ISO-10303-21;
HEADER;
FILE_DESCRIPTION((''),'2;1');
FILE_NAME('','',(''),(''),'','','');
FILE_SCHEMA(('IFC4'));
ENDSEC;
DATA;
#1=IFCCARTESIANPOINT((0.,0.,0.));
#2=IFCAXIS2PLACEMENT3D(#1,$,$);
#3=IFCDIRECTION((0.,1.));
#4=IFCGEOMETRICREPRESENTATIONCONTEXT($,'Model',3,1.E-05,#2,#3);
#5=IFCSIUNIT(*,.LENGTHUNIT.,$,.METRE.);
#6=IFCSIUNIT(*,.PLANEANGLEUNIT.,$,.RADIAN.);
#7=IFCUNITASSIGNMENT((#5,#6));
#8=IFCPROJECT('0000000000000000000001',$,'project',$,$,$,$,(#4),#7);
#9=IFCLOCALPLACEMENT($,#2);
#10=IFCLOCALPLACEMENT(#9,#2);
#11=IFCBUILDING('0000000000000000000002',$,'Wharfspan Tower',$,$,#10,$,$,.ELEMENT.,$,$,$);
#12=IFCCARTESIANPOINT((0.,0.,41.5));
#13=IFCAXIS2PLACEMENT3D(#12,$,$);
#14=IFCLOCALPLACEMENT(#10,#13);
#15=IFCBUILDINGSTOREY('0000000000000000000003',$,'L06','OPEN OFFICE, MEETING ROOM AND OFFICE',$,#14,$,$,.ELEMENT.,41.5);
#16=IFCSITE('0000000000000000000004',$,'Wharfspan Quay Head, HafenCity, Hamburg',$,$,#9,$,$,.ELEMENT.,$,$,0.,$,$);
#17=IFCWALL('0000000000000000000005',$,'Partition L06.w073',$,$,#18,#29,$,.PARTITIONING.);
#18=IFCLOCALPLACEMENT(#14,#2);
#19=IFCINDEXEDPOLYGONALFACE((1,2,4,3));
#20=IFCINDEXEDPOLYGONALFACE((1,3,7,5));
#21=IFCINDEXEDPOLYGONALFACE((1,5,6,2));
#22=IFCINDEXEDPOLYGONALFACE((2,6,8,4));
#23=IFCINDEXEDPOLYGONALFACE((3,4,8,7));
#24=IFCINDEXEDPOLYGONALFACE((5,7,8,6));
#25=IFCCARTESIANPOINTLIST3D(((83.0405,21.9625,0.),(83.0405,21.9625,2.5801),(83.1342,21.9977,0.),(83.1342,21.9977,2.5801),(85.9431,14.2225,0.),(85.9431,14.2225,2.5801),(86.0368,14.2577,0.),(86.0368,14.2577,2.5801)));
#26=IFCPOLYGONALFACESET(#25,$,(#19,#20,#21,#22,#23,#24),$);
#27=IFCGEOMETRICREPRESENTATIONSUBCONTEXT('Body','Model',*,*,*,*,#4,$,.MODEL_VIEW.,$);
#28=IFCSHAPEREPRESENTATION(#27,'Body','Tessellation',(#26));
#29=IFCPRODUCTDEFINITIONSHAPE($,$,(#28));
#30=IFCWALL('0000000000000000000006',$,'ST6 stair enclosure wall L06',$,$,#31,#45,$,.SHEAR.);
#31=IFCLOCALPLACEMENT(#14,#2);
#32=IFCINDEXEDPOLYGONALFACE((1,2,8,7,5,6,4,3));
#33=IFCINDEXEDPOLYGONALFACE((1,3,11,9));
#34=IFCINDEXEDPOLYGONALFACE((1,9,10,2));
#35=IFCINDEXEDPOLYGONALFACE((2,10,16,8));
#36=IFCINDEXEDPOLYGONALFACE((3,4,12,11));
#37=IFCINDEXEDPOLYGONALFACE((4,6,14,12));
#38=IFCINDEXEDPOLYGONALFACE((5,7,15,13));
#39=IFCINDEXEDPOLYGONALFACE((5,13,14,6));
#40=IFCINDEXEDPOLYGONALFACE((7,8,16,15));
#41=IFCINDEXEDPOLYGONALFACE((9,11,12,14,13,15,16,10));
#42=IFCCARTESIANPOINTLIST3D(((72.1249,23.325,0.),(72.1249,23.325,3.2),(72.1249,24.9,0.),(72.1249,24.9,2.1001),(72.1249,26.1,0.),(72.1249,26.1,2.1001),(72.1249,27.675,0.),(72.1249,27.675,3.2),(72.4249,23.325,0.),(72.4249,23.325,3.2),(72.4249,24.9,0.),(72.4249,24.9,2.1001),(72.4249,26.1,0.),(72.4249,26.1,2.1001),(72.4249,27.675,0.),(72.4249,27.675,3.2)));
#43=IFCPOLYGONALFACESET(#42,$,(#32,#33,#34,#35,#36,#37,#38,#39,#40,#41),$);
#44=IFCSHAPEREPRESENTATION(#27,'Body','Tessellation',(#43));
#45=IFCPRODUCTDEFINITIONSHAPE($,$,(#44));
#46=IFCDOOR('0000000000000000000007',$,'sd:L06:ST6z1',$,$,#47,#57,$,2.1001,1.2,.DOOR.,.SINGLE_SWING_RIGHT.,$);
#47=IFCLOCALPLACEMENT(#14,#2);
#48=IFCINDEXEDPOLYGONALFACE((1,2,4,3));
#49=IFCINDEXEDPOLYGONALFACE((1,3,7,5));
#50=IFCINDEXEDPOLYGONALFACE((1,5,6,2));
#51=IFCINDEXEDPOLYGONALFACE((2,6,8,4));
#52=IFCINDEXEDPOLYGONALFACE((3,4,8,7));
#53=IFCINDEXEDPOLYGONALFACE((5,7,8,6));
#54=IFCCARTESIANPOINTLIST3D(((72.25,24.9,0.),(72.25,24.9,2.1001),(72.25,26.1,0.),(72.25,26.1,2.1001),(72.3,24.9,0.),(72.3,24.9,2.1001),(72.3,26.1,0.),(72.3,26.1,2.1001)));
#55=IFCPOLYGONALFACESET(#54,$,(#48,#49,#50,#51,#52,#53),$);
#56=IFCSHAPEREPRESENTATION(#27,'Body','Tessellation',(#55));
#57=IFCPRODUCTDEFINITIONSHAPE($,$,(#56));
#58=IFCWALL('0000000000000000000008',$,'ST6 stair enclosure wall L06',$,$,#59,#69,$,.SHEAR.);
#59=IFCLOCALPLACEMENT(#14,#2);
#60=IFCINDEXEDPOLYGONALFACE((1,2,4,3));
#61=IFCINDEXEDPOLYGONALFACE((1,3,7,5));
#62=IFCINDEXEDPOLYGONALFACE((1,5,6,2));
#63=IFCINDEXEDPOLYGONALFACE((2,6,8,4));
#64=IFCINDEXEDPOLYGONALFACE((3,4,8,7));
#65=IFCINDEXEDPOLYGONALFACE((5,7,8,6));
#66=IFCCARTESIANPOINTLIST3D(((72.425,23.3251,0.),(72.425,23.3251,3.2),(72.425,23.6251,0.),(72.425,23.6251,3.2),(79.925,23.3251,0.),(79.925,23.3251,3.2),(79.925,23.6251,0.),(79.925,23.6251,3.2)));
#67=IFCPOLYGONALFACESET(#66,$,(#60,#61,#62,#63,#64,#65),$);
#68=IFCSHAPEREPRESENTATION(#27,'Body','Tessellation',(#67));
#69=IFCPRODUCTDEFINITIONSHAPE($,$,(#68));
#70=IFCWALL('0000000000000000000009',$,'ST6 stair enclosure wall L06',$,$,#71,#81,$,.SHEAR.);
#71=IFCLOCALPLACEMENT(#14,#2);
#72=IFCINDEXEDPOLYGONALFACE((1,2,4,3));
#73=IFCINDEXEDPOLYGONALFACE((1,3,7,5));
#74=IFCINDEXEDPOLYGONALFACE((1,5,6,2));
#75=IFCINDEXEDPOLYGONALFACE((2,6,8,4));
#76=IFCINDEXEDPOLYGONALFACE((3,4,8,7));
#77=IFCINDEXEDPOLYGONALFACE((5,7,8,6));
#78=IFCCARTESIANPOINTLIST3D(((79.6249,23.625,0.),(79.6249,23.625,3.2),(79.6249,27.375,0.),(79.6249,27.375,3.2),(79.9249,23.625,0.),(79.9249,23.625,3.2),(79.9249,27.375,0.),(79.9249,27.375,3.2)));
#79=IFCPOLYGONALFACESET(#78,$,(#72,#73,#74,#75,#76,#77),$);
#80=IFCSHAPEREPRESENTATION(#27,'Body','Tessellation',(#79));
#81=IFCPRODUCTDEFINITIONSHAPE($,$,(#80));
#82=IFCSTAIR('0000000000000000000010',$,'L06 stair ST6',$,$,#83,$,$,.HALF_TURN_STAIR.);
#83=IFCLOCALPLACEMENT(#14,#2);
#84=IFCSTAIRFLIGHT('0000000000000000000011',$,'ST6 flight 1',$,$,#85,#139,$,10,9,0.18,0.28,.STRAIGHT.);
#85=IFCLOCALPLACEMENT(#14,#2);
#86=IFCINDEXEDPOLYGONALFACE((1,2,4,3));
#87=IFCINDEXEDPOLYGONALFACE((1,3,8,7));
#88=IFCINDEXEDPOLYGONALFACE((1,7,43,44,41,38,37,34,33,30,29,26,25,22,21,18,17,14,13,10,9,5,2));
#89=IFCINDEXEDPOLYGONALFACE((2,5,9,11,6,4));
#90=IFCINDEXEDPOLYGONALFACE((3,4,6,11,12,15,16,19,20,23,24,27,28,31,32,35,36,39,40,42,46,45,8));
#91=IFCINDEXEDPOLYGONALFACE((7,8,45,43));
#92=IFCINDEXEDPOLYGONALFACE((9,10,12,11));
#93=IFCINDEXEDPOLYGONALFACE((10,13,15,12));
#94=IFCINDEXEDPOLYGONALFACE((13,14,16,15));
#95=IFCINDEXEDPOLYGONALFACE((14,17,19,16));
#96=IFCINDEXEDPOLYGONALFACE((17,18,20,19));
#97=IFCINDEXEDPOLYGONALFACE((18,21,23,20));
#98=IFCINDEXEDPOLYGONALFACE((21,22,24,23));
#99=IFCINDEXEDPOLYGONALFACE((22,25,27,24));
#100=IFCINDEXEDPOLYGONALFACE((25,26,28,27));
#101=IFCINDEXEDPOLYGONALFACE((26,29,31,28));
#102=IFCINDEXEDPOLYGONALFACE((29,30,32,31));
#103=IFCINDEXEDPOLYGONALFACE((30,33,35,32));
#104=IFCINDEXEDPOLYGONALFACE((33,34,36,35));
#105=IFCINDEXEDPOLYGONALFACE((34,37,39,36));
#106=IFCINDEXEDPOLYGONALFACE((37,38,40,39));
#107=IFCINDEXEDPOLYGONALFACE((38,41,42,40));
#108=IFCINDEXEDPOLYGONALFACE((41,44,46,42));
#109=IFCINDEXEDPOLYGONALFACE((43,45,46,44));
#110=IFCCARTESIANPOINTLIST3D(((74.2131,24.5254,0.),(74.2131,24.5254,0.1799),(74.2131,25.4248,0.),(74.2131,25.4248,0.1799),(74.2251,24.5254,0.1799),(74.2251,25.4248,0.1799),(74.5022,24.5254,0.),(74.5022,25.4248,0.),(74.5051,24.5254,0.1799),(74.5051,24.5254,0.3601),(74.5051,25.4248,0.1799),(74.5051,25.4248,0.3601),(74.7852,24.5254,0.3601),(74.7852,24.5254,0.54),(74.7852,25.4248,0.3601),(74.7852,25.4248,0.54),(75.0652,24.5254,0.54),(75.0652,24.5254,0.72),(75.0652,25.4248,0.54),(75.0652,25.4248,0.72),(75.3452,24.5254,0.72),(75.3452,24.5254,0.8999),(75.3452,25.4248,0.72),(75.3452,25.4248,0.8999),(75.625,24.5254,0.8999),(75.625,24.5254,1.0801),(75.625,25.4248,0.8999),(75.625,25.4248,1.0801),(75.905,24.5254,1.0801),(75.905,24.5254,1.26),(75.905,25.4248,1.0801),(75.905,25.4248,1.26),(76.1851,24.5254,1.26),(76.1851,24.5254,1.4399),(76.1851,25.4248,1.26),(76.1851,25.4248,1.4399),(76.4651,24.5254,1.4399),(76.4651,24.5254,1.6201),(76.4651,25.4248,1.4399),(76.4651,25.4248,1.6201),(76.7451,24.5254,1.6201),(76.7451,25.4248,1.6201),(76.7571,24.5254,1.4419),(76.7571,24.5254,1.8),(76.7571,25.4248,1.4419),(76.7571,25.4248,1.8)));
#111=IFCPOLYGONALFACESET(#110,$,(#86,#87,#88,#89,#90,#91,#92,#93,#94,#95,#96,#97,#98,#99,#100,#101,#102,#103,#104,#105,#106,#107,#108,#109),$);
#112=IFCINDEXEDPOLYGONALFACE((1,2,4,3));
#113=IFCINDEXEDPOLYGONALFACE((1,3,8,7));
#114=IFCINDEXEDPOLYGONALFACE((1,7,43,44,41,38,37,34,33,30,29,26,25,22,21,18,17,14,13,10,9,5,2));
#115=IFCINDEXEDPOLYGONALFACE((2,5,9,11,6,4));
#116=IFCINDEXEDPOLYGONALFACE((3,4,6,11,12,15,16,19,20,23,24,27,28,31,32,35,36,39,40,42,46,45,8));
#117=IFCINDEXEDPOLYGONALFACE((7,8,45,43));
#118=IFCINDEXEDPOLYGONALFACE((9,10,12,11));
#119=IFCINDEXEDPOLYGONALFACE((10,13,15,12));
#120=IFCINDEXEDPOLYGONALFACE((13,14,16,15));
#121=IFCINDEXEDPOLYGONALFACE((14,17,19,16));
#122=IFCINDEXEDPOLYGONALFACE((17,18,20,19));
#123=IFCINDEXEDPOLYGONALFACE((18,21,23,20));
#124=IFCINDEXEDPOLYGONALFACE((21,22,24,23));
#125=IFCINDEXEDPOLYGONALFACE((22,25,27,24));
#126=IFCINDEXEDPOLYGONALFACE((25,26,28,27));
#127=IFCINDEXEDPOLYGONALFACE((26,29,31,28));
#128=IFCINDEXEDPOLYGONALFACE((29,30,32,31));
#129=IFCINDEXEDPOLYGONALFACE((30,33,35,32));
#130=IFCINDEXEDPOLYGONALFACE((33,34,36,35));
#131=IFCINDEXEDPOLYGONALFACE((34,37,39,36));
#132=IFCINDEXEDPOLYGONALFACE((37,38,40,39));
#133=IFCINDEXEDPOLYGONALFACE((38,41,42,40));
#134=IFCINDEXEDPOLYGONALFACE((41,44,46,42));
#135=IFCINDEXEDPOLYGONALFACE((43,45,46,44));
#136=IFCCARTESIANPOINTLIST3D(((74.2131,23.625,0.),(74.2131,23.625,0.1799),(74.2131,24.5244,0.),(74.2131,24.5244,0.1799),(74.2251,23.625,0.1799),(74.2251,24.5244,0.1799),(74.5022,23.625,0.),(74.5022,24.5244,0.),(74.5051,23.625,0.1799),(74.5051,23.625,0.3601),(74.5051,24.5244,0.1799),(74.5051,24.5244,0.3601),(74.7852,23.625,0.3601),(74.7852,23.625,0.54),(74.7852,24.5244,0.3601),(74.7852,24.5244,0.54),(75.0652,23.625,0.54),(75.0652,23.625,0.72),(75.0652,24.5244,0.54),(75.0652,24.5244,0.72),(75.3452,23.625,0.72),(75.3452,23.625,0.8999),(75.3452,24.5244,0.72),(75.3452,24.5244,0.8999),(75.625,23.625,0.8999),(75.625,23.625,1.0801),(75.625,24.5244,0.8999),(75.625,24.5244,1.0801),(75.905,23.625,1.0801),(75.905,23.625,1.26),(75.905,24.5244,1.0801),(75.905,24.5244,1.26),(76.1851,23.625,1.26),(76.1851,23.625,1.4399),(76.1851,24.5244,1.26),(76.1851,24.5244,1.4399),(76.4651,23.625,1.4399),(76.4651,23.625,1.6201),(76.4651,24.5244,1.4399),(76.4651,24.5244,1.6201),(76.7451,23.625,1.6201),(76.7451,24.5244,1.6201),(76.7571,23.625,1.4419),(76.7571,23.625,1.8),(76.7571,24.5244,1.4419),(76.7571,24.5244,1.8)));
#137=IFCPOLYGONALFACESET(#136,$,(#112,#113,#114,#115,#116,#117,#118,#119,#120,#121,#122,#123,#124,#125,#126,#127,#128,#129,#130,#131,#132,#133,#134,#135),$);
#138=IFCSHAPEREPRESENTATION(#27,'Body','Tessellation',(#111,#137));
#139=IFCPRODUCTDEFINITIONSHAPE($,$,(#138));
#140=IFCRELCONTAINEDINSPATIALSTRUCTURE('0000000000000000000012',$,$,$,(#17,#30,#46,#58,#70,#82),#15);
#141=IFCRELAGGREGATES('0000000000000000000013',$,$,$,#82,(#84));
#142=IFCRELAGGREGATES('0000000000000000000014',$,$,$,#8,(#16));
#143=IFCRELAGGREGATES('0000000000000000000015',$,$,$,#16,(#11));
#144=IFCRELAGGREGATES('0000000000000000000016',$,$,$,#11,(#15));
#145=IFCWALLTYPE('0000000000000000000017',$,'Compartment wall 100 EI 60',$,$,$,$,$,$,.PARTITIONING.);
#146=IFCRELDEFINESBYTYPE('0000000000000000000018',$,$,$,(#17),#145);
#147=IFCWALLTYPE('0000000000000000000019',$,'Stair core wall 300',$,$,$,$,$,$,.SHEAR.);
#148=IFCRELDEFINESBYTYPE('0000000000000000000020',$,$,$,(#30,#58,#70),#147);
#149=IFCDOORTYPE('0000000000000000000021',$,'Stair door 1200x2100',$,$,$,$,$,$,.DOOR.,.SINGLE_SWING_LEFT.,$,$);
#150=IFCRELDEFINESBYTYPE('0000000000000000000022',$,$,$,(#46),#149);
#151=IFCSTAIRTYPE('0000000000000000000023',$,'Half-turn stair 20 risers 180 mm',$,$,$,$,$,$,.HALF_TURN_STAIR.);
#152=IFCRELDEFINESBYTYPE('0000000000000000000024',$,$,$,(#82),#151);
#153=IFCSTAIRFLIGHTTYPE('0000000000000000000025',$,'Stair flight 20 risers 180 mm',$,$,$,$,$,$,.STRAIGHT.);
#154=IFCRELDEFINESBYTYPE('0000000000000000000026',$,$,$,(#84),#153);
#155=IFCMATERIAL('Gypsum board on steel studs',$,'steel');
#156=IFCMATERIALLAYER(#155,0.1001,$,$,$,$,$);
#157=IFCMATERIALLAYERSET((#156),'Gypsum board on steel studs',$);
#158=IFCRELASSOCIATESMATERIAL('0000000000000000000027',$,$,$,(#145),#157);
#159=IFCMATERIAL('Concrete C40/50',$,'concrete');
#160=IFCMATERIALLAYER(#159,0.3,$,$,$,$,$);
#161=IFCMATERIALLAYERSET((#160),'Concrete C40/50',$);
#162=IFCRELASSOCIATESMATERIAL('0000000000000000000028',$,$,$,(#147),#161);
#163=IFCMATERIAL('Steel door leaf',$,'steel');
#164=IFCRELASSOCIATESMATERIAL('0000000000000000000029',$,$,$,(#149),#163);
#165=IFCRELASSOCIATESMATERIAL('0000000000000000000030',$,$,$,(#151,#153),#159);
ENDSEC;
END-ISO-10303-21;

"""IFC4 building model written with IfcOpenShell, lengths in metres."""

from ifc_helpers import new_model, si_unit, direction, frame, frame_2d, origin, place, context, subcontext, project, spatial, polyline, rectangle, outline, extrude, material, layer, layer_set, type_object, element, fill, aggregate, save


model = new_model("IFC4")

# Units and contexts
model_context = context("Model", 3, precision=1e-05, world=origin(), true_north=direction((0.0, 1.0)))
body_context = subcontext(model_context, "Body", "Model", "MODEL_VIEW")
ifc_project = project(units=[si_unit("LENGTHUNIT", "METRE"), si_unit("PLANEANGLEUNIT", "RADIAN")], contexts=[model_context])

# Site, building, storey
site_placement = place(None, origin())
site = spatial("IfcSite", under=ifc_project, at=site_placement, Name="Wharfspan Quay Head, HafenCity, Hamburg", CompositionType="ELEMENT", RefElevation=0.0)
building_placement = place(site_placement, origin())
building = spatial("IfcBuilding", under=site, at=building_placement, Name="Wharfspan Tower", CompositionType="ELEMENT")
storey_placement = place(building_placement, frame((0.0, 0.0, 41.5)))
storey = spatial("IfcBuildingStorey", under=building, at=storey_placement, Name="L06", Description="OPEN OFFICE, MEETING ROOM AND OFFICE", CompositionType="ELEMENT", Elevation=41.5)

# Wall
ifc_material_1 = material(Name="Gypsum board on steel studs", Category="steel")
ifc_layer_1 = layer(ifc_material_1, 0.1001)
ifc_layer_set_1 = layer_set([ifc_layer_1], Name="Gypsum board on steel studs")
wall_type_1 = type_object("IfcWallType", Name="Compartment wall 100 EI 60", PredefinedType="PARTITIONING", material=ifc_layer_set_1)
wall_1_placement = place(storey_placement, frame((85.99, 14.24, 0.0), z_axis=(0.0, 0.0, 1.0), x_axis=(-0.351133, 0.936325, 0.0)))
element("IfcWall", 1, at=wall_1_placement, inside=storey, type_object=wall_type_1, Name="Partition L06.w073", PredefinedType="PARTITIONING", context=body_context, shape_type="SweptSolid", body=[
    extrude(rectangle(XDim=8.2664, YDim=0.1001, at=frame_2d((4.1333, 0.0))), origin(), (0.0, 0.0, 1.0), 2.5801),
])

# Wall, opening, door
ifc_material_2 = material(Name="Concrete C40/50", Category="concrete")
ifc_layer_2 = layer(ifc_material_2, 0.3)
ifc_layer_set_2 = layer_set([ifc_layer_2], Name="Concrete C40/50")
wall_type_2 = type_object("IfcWallType", Name="Stair core wall 300", PredefinedType="SHEAR", material=ifc_layer_set_2)
wall_2_placement = place(storey_placement, frame((72.2749, 23.325, 0.0), z_axis=(0.0, 0.0, 1.0), x_axis=(0.0, 1.0, 0.0)))
wall_2 = element("IfcWall", 2, at=wall_2_placement, inside=storey, type_object=wall_type_2, Name="ST6 stair enclosure wall L06", PredefinedType="SHEAR", context=body_context, shape_type="SweptSolid", body=[
    extrude(rectangle(XDim=4.3501, YDim=0.3, at=frame_2d((2.175, 0.0))), origin(), (0.0, 0.0, 1.0), 3.2),
])
opening_placement = place(wall_2_placement, frame((1.575, 0.0, 0.0)))
opening = element("IfcOpeningElement", 3, at=opening_placement, cuts=wall_2, PredefinedType="OPENING", context=body_context, shape_type="SweptSolid", body=[
    extrude(rectangle(XDim=1.2, YDim=2.1001, at=frame_2d((0.6001, 1.05))), frame((0.0, 0.1599, 0.0), z_axis=(0.0, -1.0, 0.0), x_axis=(1.0, 0.0, 0.0)), (0.0, 0.0, 1.0), 0.3201),
])
ifc_material_3 = material(Name="Steel door leaf", Category="steel")
door_type = type_object("IfcDoorType", Name="Stair door 1200x2100", OperationType="SINGLE_SWING_LEFT", PredefinedType="DOOR", material=ifc_material_3)
door_placement = place(opening_placement, origin())
door = element("IfcDoor", 4, at=door_placement, inside=storey, type_object=door_type, Name="sd:L06:ST6z1", OperationType="SINGLE_SWING_RIGHT", OverallHeight=2.1001, OverallWidth=1.2, PredefinedType="DOOR", context=body_context, shape_type="SweptSolid", body=[
    extrude(rectangle(XDim=1.2, YDim=2.1001, at=frame_2d((0.6001, 1.05))), frame((0.0, 0.0249, 0.0), z_axis=(0.0, -1.0, 0.0), x_axis=(1.0, 0.0, 0.0)), (0.0, 0.0, 1.0), 0.05),
])
fill(opening, door)

# Walls
wall_3_placement = place(storey_placement, frame((72.425, 23.4751, 0.0), z_axis=(0.0, 0.0, 1.0), x_axis=(1.0, 0.0, 0.0)))
element("IfcWall", 5, at=wall_3_placement, inside=storey, type_object=wall_type_2, Name="ST6 stair enclosure wall L06", PredefinedType="SHEAR", context=body_context, shape_type="SweptSolid", body=[
    extrude(rectangle(XDim=7.5, YDim=0.3, at=frame_2d((3.75, 0.0))), origin(), (0.0, 0.0, 1.0), 3.2),
])
wall_4_placement = place(storey_placement, frame((79.7749, 23.625, 0.0), z_axis=(0.0, 0.0, 1.0), x_axis=(0.0, 1.0, 0.0)))
element("IfcWall", 6, at=wall_4_placement, inside=storey, type_object=wall_type_2, Name="ST6 stair enclosure wall L06", PredefinedType="SHEAR", context=body_context, shape_type="SweptSolid", body=[
    extrude(rectangle(XDim=3.75, YDim=0.3, at=frame_2d((1.875, 0.0))), origin(), (0.0, 0.0, 1.0), 3.2),
])

# Stair, stair flight
stair_type = type_object("IfcStairType", Name="Half-turn stair 20 risers 180 mm", PredefinedType="HALF_TURN_STAIR", material=ifc_material_2)
stair_placement = place(storey_placement, origin())
stair = element("IfcStair", 7, at=stair_placement, inside=storey, type_object=stair_type, Name="L06 stair ST6", PredefinedType="HALF_TURN_STAIR")
stair_flight_type = type_object("IfcStairFlightType", Name="Stair flight 20 risers 180 mm", PredefinedType="STRAIGHT", material=ifc_material_2)
stair_flight_1_placement = place(storey_placement, frame((74.2251, 24.5249, 0.0), z_axis=(0.0, 0.0, 1.0), x_axis=(1.0, 0.0, 0.0)))
stair_flight_1 = element("IfcStairFlight", 8, at=stair_flight_1_placement, type_object=stair_flight_type, Name="ST6 flight 1", NumberOfRisers=10, NumberOfTreads=9, PredefinedType="STRAIGHT", RiserHeight=0.18, TreadLength=0.28, context=body_context, shape_type="SweptSolid", body=[
    extrude(outline(polyline([(-0.012, 0.0), (-0.012, 0.1799), (0.0, 0.1799), (0.28, 0.1799), (0.28, 0.3601), (0.5601, 0.3601), (0.5601, 0.54), (0.8401, 0.54), (0.8401, 0.72), (1.1201, 0.72), (1.1201, 0.8999), (1.3999, 0.8999), (1.3999, 1.0801), (1.6799, 1.0801), (1.6799, 1.26), (1.96, 1.26), (1.96, 1.4399), (2.24, 1.4399), (2.24, 1.6201), (2.52, 1.6201), (2.532, 1.8), (2.532, 1.4419), (0.2771, 0.0), (-0.012, 0.0)])), frame((0.0, 0.8999, 0.0), z_axis=(0.0, -1.0, 0.0), x_axis=(1.0, 0.0, 0.0)), (0.0, 0.0, 1.0), 0.8994),
    extrude(outline(polyline([(-0.012, 0.0), (-0.012, 0.1799), (0.0, 0.1799), (0.28, 0.1799), (0.28, 0.3601), (0.5601, 0.3601), (0.5601, 0.54), (0.8401, 0.54), (0.8401, 0.72), (1.1201, 0.72), (1.1201, 0.8999), (1.3999, 0.8999), (1.3999, 1.0801), (1.6799, 1.0801), (1.6799, 1.26), (1.96, 1.26), (1.96, 1.4399), (2.24, 1.4399), (2.24, 1.6201), (2.52, 1.6201), (2.532, 1.8), (2.532, 1.4419), (0.2771, 0.0), (-0.012, 0.0)])), frame((0.0, -0.0005, 0.0), z_axis=(0.0, -1.0, 0.0), x_axis=(1.0, 0.0, 0.0)), (0.0, 0.0, 1.0), 0.8994),
])
aggregate(stair, [stair_flight_1])

save(model, "model.ifc")
